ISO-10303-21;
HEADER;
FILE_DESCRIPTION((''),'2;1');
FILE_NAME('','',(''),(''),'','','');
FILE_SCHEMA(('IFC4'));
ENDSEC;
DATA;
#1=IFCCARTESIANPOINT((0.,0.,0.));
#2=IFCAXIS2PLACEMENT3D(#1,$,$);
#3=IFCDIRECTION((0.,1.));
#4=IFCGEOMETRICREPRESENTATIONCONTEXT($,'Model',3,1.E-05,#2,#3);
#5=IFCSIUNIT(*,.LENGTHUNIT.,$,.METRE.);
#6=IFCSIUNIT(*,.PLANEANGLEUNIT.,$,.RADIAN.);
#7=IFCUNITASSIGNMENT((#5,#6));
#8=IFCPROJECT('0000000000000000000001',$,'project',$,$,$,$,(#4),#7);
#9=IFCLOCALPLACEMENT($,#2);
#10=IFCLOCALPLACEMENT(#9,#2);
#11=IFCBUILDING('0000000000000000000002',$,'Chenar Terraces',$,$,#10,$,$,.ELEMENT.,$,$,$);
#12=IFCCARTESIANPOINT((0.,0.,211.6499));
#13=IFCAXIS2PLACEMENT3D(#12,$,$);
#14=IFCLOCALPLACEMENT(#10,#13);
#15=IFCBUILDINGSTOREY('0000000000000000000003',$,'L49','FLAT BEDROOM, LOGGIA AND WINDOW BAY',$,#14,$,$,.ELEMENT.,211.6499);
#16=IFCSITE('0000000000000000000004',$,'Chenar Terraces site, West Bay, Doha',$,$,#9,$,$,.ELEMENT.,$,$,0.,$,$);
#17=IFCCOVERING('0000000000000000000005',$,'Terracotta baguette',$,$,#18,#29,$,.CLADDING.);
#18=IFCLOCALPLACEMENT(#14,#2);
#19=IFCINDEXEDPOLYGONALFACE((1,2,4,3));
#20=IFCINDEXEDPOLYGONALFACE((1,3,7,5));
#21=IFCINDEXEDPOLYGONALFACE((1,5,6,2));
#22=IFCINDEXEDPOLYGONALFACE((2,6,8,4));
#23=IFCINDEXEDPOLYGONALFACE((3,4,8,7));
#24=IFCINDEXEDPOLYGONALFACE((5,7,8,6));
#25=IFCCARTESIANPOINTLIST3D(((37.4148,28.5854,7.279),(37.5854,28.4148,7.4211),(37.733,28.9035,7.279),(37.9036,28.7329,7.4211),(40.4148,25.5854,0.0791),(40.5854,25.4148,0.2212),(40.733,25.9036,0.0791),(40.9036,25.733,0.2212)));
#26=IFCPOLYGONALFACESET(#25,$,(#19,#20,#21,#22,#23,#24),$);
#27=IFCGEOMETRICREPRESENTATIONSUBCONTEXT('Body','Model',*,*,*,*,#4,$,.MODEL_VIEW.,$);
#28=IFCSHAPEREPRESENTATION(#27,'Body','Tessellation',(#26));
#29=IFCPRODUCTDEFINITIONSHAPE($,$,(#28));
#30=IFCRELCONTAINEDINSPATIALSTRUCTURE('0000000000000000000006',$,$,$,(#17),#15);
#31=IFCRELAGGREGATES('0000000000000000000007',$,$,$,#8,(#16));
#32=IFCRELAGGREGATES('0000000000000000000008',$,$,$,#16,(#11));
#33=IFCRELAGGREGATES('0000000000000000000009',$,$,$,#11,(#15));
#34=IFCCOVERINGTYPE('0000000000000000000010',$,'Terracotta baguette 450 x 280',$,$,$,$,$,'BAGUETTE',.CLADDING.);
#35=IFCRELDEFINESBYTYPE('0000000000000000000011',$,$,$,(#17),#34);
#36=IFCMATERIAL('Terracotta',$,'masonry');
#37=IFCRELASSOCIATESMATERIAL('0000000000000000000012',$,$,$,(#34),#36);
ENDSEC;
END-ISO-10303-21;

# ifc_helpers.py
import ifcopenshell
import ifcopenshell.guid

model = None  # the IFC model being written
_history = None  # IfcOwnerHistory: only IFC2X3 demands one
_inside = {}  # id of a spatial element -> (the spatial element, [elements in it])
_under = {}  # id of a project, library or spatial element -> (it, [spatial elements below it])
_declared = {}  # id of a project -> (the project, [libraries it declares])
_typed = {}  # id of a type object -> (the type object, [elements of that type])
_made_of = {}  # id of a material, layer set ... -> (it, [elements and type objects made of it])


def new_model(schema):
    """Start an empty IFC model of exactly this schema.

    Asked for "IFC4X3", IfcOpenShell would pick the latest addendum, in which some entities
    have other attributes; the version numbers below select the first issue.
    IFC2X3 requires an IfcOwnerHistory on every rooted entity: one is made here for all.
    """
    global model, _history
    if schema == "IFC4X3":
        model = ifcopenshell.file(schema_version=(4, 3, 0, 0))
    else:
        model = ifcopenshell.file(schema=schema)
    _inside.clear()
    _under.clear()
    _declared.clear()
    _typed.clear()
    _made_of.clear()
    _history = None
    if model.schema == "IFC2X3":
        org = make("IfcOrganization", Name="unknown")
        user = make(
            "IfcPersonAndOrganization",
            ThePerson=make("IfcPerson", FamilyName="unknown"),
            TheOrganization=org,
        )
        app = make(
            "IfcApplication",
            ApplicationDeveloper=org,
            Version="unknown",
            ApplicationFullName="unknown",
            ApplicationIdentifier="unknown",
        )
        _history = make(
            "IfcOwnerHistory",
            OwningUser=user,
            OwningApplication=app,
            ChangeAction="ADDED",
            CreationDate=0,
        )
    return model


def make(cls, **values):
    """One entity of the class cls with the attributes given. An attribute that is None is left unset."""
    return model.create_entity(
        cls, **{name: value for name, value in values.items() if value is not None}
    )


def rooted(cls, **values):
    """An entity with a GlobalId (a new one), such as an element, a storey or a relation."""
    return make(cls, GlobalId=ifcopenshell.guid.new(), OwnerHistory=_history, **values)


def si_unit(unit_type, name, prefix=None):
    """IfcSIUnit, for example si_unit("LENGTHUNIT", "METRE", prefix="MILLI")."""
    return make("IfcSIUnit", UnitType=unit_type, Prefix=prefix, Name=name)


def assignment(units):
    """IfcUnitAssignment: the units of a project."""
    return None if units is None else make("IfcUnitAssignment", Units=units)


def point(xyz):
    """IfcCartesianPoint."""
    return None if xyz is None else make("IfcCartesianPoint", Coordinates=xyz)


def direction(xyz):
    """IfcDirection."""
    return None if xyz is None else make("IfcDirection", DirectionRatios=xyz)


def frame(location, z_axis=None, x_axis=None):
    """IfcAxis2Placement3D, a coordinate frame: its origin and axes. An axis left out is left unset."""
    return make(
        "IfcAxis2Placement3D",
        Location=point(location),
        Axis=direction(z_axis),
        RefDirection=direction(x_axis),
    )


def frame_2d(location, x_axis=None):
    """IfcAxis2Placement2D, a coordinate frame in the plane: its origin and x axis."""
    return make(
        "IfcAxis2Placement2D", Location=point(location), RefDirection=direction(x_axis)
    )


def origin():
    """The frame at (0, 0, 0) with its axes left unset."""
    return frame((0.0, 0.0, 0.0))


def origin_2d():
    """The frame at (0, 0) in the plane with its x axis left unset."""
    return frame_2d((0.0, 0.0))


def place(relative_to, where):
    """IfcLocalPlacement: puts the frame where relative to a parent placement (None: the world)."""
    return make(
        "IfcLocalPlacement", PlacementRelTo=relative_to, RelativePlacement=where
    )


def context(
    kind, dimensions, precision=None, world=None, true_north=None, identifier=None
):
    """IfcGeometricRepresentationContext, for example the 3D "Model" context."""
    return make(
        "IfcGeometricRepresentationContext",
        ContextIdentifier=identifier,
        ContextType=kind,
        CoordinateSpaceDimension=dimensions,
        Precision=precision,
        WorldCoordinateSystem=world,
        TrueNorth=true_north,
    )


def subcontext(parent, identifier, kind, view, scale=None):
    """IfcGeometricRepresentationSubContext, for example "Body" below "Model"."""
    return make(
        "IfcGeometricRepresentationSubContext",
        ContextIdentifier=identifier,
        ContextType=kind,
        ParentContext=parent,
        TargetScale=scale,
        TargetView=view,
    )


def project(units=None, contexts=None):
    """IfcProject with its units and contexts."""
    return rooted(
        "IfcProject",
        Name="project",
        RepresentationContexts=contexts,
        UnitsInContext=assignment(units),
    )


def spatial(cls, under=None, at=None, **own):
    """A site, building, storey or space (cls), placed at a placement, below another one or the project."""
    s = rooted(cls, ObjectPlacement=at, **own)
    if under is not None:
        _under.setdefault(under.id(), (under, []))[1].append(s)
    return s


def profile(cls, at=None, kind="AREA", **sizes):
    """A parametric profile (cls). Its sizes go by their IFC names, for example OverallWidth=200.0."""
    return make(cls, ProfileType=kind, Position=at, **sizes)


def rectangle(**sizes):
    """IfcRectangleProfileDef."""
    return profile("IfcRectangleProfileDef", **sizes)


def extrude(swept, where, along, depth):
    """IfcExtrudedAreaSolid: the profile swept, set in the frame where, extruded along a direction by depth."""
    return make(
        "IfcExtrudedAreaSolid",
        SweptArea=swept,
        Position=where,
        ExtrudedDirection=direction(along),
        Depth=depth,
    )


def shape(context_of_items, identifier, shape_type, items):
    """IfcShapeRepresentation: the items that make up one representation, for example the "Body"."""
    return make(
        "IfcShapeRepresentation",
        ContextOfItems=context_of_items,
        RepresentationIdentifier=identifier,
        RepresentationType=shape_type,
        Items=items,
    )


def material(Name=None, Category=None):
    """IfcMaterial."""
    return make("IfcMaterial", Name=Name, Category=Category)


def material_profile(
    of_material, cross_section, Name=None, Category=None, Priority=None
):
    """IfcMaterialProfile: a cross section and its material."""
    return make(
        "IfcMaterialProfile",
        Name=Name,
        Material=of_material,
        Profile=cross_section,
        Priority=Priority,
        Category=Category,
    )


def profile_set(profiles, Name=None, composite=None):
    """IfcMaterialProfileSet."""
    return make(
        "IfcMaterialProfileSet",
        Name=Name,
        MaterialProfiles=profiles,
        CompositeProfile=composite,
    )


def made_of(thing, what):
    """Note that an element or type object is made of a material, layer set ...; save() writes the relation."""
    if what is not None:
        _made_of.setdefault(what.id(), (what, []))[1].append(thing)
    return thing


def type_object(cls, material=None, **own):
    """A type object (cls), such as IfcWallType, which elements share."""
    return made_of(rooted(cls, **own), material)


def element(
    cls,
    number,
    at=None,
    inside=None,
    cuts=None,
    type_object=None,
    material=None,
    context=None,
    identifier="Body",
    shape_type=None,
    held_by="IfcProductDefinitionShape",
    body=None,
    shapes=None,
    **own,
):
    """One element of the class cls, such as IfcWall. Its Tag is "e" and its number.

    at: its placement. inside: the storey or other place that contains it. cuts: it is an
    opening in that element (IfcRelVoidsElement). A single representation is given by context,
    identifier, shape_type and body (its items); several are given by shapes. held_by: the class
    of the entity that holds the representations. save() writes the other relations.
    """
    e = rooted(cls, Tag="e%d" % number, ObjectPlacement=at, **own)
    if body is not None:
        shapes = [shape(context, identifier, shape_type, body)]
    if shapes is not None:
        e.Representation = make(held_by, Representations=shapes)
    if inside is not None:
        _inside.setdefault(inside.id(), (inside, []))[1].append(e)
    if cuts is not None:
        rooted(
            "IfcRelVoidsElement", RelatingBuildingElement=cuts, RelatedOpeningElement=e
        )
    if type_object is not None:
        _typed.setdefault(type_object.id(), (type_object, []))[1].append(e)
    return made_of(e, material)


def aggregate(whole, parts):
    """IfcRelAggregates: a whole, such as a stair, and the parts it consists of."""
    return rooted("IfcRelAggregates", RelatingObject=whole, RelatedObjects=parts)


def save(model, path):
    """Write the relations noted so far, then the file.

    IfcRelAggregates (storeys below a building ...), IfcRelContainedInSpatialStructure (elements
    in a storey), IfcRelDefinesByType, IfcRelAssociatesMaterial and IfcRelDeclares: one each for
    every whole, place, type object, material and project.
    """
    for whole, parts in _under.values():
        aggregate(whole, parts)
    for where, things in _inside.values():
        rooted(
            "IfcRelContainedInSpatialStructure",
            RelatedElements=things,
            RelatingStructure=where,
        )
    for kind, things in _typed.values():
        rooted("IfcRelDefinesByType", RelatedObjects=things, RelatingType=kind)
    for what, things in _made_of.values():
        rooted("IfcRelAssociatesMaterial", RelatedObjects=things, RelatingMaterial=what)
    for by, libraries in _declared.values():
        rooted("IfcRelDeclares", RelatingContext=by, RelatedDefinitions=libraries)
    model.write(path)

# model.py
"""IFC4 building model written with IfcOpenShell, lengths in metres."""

from ifc_helpers import new_model, si_unit, direction, frame, origin, origin_2d, place, context, subcontext, project, spatial, rectangle, extrude, material, material_profile, profile_set, type_object, element, save


model = new_model("IFC4")

# Units and contexts
model_context = context("Model", 3, precision=1e-05, world=origin(), true_north=direction((0.0, 1.0)))
body_context = subcontext(model_context, "Body", "Model", "MODEL_VIEW")
ifc_project = project(units=[si_unit("LENGTHUNIT", "METRE"), si_unit("PLANEANGLEUNIT", "RADIAN")], contexts=[model_context])

# Site, building, storey
site_placement = place(None, origin())
site = spatial("IfcSite", under=ifc_project, at=site_placement, Name="Chenar Terraces site, West Bay, Doha", CompositionType="ELEMENT", RefElevation=0.0)
building_placement = place(site_placement, origin())
building = spatial("IfcBuilding", under=site, at=building_placement, Name="Chenar Terraces", CompositionType="ELEMENT")
storey_placement = place(building_placement, frame((0.0, 0.0, 211.6499)))
storey = spatial("IfcBuildingStorey", under=building, at=storey_placement, Name="L49", Description="FLAT BEDROOM, LOGGIA AND WINDOW BAY", CompositionType="ELEMENT", Elevation=211.6499)

# Covering
ifc_material_1 = material(Name="Terracotta", Category="masonry")
ifc_material_profile_1 = material_profile(ifc_material_1, rectangle(XDim=0.45, YDim=0.28, at=origin_2d()), Name="Terracotta baguette 450 x 280")
ifc_profile_set_1 = profile_set([ifc_material_profile_1], Name="Terracotta")
covering_type = type_object("IfcCoveringType", Name="Terracotta baguette 450 x 280", ElementType="BAGUETTE", PredefinedType="CLADDING", material=ifc_profile_set_1)
covering_placement = place(storey_placement, frame((40.6592, 25.6592, 0.1501), z_axis=(-0.358981, 0.358981, 0.861548), x_axis=(-0.707107, -0.707107, 0.0)))
element("IfcCovering", 1, at=covering_placement, inside=storey, type_object=covering_type, Name="Terracotta baguette", PredefinedType="CLADDING", context=body_context, shape_type="SweptSolid", body=[
    extrude(rectangle(XDim=0.45, YDim=0.28, at=origin_2d()), origin(), (0.0, 0.0, 1.0), 8.3569),
])

save(model, "model.ifc")
